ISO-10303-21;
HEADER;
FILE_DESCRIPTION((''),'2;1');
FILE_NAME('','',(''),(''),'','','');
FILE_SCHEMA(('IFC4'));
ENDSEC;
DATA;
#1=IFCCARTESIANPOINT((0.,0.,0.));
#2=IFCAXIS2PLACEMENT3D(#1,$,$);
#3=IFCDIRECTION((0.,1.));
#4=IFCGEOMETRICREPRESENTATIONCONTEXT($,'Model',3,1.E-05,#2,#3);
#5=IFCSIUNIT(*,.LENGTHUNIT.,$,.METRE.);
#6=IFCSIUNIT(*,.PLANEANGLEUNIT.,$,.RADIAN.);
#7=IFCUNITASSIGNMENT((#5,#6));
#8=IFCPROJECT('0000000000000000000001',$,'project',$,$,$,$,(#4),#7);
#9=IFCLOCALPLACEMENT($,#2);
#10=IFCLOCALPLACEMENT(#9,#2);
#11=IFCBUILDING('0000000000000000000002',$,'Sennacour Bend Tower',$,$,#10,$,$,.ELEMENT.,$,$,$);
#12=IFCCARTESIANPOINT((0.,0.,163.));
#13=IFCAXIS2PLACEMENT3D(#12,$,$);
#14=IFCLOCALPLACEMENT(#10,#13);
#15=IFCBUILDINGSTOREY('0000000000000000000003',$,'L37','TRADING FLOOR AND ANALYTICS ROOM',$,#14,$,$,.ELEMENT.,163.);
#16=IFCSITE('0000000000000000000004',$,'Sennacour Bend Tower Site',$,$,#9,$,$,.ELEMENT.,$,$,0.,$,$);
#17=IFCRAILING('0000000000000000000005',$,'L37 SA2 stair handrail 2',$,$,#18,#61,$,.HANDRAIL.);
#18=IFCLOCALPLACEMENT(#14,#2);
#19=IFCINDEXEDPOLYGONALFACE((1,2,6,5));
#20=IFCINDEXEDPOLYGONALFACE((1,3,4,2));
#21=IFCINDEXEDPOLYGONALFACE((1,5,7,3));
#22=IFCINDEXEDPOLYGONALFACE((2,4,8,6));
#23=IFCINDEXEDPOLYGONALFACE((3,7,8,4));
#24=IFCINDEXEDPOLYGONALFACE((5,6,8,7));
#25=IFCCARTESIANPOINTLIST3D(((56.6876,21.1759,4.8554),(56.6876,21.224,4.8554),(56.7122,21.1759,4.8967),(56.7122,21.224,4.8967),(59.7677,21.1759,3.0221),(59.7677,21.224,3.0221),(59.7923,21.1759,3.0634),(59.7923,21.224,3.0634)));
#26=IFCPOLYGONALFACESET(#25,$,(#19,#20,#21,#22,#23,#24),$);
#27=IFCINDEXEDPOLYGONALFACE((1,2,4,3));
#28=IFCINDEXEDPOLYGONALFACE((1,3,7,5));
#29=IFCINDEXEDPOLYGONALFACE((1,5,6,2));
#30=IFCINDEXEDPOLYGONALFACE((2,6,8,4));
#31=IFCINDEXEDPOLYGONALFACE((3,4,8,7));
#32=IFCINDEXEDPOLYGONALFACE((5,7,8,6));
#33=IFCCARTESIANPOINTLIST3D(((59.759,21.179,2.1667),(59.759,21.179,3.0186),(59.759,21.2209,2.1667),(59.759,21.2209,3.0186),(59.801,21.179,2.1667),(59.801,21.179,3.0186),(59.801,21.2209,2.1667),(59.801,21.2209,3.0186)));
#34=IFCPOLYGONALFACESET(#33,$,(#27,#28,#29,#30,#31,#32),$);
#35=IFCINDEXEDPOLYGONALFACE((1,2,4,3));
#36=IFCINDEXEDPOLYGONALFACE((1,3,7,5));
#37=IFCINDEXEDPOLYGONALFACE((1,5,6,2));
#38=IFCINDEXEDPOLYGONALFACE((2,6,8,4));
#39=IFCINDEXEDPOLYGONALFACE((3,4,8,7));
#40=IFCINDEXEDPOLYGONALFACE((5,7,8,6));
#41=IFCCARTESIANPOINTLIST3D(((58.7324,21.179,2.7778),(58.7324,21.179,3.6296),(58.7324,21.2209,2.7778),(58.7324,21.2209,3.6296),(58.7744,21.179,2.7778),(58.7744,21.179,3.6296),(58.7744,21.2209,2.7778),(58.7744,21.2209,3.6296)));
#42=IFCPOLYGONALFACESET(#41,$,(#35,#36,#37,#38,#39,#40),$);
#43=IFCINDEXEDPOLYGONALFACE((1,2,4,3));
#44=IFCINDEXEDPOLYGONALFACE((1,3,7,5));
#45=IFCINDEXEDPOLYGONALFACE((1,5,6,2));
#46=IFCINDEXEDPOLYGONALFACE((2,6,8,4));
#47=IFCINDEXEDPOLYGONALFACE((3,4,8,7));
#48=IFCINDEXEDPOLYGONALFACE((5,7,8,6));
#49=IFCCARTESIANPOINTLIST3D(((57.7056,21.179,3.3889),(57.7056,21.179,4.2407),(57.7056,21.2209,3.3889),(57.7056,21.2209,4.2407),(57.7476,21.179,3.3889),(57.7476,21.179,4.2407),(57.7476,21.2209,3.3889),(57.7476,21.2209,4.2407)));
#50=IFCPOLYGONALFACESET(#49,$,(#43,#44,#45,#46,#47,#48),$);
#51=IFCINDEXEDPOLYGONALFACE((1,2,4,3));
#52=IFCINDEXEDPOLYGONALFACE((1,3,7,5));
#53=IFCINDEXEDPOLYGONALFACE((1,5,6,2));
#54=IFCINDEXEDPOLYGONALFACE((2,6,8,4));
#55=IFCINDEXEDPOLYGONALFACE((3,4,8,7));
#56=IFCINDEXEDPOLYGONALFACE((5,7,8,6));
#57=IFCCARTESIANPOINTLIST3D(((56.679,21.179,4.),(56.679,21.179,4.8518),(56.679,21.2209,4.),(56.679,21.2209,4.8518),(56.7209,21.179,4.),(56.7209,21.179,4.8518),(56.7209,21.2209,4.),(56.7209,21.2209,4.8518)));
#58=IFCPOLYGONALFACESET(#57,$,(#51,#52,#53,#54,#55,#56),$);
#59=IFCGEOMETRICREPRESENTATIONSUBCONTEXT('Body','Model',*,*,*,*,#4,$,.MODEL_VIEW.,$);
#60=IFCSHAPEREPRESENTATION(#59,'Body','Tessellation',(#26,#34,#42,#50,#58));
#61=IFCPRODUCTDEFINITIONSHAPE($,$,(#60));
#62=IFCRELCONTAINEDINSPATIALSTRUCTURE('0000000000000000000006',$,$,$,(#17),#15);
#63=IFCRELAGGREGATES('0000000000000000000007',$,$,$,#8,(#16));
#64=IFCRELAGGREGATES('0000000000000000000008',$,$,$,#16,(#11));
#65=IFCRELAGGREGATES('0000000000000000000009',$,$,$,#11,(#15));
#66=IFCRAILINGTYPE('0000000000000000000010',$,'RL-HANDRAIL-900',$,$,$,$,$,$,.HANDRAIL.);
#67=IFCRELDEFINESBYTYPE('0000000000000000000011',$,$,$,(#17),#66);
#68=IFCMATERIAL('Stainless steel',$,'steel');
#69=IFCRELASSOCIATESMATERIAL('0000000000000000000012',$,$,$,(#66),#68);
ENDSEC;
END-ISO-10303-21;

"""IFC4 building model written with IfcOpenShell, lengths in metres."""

from ifc_helpers import new_model, si_unit, direction, frame, origin, origin_2d, place, context, subcontext, project, spatial, rectangle, extrude, material, type_object, element, save


model = new_model("IFC4")

# Units and contexts
model_context = context("Model", 3, precision=1e-05, world=origin(), true_north=direction((0.0, 1.0)))
body_context = subcontext(model_context, "Body", "Model", "MODEL_VIEW")
ifc_project = project(units=[si_unit("LENGTHUNIT", "METRE"), si_unit("PLANEANGLEUNIT", "RADIAN")], contexts=[model_context])

# Site, building, storey
site_placement = place(None, origin())
site = spatial("IfcSite", under=ifc_project, at=site_placement, Name="Sennacour Bend Tower Site", CompositionType="ELEMENT", RefElevation=0.0)
building_placement = place(site_placement, origin())
building = spatial("IfcBuilding", under=site, at=building_placement, Name="Sennacour Bend Tower", CompositionType="ELEMENT")
storey_placement = place(building_placement, frame((0.0, 0.0, 163.0)))
storey = spatial("IfcBuildingStorey", under=building, at=storey_placement, Name="L37", Description="TRADING FLOOR AND ANALYTICS ROOM", CompositionType="ELEMENT", Elevation=163.0)

# Shared definitions
ifc_material_1 = material(Name="Stainless steel", Category="steel")

# Railing
railing_type_1 = type_object("IfcRailingType", Name="RL-HANDRAIL-900", PredefinedType="HANDRAIL", material=ifc_material_1)
railing_1_placement = place(storey_placement, frame((59.78, 21.2, 2.1667)))
element("IfcRailing", 1, at=railing_1_placement, inside=storey, type_object=railing_type_1, Name="L37 SA2 stair handrail 2", PredefinedType="HANDRAIL", context=body_context, shape_type="SweptSolid", body=[
    extrude(rectangle(XDim=0.0481, YDim=0.0481, at=origin_2d()), frame((0.0, 0.0, 0.876), z_axis=(-0.859309, 0.0, 0.511458), x_axis=(0.0, -1.0, 0.0)), (0.0, 0.0, 1.0), 3.5845),
    extrude(rectangle(XDim=0.042, YDim=0.042, at=origin_2d()), origin(), (0.0, 0.0, 1.0), 0.8518),
    extrude(rectangle(XDim=0.042, YDim=0.042, at=origin_2d()), frame((-1.0266, 0.0, 0.6111)), (0.0, 0.0, 1.0), 0.8518),
    extrude(rectangle(XDim=0.042, YDim=0.042, at=origin_2d()), frame((-2.0535, 0.0, 1.2222)), (0.0, 0.0, 1.0), 0.8518),
    extrude(rectangle(XDim=0.042, YDim=0.042, at=origin_2d()), frame((-3.0801, 0.0, 1.8333)), (0.0, 0.0, 1.0), 0.8518),
])

save(model, "model.ifc")
